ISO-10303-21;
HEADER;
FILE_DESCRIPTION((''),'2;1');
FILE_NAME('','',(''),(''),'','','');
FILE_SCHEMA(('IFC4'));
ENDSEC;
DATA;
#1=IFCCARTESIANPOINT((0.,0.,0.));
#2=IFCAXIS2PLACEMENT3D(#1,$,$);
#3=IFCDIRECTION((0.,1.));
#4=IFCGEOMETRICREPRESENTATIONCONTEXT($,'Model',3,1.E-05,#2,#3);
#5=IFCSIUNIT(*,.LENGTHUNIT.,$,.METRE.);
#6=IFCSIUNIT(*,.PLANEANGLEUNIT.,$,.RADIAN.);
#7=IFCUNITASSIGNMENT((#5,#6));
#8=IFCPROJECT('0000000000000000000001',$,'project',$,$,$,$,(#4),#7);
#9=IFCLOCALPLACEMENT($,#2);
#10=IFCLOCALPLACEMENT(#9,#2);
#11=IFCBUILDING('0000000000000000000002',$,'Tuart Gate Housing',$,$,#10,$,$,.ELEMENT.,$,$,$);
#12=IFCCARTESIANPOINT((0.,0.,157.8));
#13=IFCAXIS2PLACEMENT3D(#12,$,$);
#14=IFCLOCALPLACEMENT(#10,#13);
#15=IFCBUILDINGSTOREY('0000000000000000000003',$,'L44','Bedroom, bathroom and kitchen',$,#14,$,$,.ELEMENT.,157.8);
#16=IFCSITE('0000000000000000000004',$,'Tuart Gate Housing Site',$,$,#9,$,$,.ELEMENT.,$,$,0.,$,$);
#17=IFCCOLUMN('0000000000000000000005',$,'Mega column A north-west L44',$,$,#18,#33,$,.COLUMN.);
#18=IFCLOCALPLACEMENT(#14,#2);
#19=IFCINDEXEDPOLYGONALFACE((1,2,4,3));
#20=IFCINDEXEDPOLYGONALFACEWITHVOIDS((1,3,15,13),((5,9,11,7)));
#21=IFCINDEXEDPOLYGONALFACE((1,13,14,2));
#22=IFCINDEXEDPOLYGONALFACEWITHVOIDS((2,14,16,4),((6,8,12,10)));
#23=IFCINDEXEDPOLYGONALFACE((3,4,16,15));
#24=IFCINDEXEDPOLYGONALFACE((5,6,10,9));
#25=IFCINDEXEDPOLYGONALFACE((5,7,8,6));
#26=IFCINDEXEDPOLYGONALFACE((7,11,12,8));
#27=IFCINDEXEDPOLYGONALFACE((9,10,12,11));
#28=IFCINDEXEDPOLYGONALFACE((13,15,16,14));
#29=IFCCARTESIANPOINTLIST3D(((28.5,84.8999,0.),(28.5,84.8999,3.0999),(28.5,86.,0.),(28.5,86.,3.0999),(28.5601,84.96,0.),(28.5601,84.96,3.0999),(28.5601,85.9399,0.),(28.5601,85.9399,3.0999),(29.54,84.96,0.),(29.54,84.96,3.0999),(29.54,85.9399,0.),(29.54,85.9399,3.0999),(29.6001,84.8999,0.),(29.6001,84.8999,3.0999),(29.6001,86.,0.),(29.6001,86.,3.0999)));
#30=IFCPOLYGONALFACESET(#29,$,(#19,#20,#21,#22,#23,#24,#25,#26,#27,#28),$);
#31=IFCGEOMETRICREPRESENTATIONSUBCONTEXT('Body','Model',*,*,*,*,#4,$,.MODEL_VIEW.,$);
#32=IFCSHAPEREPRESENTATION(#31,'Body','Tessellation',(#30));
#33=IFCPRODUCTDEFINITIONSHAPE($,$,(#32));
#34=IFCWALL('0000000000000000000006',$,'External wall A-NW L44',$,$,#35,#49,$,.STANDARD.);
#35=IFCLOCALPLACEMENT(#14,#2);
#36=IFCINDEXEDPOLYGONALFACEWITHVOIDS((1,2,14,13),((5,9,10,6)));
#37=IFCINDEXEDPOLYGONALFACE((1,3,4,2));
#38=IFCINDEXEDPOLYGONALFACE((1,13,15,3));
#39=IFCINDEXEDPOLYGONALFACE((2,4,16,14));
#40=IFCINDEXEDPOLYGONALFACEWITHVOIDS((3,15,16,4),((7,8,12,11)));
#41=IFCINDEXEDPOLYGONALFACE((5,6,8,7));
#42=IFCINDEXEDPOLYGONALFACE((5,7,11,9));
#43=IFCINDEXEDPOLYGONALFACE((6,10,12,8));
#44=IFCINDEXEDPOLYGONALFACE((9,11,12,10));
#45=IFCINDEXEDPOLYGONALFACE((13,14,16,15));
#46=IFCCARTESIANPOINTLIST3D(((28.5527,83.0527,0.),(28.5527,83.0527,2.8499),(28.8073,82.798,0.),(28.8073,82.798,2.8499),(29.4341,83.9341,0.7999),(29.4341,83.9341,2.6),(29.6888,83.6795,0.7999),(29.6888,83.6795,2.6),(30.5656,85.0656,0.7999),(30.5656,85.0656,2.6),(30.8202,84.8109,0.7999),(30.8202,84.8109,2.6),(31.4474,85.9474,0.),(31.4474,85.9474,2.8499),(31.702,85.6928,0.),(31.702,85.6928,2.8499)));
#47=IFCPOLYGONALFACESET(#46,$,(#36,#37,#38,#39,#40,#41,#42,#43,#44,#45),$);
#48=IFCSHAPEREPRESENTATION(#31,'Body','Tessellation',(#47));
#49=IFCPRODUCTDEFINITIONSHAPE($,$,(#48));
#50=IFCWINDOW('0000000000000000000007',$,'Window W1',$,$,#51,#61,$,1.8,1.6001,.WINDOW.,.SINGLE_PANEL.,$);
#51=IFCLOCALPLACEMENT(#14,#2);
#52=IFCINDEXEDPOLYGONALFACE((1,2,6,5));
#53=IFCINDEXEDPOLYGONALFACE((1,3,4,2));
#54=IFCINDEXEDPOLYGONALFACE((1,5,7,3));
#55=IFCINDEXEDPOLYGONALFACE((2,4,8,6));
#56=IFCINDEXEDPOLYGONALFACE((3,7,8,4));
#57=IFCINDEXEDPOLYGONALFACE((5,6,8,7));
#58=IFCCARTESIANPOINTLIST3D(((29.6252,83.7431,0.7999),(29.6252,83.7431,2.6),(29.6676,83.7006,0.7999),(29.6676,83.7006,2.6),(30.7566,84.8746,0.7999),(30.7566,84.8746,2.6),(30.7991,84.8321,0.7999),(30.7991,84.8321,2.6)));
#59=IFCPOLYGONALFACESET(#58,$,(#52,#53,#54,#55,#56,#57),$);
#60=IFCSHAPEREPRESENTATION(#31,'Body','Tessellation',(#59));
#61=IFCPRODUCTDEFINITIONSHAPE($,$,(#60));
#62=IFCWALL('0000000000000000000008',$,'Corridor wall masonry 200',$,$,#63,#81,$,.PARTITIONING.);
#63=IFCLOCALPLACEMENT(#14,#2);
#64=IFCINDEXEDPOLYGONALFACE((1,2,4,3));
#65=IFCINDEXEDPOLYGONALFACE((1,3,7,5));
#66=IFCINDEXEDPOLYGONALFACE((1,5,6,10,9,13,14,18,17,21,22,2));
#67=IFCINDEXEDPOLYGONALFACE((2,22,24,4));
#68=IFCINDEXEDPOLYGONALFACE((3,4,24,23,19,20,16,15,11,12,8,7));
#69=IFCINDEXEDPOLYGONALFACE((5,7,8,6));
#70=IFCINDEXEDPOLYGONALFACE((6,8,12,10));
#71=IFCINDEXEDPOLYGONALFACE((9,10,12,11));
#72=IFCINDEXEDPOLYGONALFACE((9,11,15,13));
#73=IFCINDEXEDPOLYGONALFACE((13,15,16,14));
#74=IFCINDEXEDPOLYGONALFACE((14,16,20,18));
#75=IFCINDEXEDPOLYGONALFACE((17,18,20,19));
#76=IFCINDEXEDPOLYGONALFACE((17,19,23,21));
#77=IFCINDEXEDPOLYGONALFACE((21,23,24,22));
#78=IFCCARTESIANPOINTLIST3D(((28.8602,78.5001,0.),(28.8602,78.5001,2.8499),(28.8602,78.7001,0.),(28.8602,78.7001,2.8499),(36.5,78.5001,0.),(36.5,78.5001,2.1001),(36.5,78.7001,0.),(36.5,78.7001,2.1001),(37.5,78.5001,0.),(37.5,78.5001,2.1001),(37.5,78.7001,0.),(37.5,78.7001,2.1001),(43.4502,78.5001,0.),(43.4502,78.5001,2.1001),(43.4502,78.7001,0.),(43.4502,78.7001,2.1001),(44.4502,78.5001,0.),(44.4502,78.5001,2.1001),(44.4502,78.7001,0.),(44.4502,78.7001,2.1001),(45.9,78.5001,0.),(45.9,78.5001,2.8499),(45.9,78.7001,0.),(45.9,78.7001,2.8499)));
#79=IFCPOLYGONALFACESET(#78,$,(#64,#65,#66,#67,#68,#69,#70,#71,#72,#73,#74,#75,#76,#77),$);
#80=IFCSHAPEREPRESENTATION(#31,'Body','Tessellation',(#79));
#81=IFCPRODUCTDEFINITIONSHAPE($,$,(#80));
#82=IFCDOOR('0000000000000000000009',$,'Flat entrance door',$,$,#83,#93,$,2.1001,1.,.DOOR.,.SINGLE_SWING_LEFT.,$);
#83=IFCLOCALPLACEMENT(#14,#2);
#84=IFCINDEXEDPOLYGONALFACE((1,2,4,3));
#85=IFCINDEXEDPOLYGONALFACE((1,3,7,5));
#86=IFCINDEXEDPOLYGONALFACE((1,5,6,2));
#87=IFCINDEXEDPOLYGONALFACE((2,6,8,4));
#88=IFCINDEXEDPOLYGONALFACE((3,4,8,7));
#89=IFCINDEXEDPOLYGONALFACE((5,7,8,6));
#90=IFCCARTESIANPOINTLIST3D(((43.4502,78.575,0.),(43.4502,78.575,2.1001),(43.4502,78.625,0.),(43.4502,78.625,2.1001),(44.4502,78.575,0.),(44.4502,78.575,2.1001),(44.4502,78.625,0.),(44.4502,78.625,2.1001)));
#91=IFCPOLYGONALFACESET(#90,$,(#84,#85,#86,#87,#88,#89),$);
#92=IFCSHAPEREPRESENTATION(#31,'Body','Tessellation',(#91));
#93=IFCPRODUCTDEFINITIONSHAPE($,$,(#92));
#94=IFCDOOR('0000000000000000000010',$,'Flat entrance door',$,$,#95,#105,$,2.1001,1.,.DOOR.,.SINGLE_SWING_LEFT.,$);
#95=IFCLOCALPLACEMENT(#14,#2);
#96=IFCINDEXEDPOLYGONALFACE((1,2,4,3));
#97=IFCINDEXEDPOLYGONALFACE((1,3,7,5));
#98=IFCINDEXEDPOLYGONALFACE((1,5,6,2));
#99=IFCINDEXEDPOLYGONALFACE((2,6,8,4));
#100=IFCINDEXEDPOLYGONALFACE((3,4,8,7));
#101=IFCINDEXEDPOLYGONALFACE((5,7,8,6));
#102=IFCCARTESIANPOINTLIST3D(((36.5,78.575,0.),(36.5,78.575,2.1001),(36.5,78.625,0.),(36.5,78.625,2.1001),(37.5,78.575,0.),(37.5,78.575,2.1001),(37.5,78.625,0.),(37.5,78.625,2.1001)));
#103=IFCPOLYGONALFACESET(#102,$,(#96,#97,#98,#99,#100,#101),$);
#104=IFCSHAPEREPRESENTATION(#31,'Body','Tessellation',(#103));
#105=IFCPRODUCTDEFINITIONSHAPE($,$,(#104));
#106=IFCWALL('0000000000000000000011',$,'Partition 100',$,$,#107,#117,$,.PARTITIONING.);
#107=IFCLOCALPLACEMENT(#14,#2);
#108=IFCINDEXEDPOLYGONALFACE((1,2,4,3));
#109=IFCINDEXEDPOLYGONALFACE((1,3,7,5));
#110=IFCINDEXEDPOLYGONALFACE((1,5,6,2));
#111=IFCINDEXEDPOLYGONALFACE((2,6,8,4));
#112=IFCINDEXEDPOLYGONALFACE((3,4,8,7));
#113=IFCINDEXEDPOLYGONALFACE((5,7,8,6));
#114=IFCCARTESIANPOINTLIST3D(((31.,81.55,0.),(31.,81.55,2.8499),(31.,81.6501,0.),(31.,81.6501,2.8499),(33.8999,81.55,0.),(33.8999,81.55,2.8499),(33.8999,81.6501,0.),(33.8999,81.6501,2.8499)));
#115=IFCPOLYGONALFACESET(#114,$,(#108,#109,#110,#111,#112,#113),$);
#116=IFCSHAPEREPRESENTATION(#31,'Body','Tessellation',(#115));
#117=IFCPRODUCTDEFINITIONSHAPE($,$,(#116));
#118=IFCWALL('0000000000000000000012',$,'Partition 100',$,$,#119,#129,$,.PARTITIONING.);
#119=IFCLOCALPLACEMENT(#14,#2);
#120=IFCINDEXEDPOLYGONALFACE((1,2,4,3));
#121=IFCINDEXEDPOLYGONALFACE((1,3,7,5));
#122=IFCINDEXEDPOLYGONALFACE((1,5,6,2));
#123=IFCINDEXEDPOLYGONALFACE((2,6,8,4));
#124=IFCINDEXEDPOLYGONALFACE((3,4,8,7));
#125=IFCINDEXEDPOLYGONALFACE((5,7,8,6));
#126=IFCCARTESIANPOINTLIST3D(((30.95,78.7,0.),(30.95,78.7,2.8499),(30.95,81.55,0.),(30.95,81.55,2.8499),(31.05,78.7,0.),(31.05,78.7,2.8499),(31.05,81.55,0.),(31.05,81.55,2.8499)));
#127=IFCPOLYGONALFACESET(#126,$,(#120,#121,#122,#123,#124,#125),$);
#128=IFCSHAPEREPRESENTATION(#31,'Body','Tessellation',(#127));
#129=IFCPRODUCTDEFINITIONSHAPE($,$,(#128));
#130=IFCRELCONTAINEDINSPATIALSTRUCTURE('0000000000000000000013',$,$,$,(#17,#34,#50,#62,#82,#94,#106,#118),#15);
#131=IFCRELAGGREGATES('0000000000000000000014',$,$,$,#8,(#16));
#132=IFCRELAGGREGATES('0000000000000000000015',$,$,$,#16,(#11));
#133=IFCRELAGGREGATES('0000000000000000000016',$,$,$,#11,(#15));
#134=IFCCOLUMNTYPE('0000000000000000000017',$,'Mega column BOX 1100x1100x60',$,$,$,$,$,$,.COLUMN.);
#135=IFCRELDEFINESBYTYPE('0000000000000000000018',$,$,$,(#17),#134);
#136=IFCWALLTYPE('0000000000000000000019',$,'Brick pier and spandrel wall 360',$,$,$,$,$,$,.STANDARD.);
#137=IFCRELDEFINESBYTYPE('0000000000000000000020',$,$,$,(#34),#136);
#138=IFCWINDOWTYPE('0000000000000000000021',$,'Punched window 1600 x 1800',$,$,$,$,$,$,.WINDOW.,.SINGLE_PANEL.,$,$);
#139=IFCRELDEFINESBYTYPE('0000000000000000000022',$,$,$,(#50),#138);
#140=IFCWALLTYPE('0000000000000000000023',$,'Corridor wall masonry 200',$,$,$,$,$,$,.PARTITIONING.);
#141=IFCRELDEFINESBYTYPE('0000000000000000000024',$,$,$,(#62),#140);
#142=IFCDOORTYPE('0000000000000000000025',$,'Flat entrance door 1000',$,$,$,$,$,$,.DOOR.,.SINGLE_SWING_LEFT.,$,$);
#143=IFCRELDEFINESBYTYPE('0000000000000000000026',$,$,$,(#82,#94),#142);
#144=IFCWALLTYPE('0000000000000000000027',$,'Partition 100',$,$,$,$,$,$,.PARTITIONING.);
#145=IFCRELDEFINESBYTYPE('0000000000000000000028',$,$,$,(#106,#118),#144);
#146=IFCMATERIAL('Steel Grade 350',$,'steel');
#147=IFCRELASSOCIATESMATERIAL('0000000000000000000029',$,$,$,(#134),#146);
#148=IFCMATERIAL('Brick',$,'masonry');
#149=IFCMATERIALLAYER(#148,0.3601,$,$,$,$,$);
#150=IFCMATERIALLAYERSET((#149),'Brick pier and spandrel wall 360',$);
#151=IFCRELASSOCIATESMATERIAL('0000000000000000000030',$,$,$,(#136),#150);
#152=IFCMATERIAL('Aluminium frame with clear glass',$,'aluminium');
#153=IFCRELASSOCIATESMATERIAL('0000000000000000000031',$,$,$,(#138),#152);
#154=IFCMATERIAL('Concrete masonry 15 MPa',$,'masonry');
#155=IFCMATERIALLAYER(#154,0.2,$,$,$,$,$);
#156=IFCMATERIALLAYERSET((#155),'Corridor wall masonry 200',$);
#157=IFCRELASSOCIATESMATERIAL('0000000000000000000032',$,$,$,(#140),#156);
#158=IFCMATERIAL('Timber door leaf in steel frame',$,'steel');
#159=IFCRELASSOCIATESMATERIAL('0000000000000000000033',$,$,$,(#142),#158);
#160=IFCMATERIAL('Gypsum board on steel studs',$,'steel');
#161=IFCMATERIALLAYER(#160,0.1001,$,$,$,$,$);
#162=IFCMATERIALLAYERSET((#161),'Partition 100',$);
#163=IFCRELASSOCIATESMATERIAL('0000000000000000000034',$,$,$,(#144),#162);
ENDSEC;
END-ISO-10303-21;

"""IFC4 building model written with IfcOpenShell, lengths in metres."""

from ifc_helpers import new_model, si_unit, direction, frame, frame_2d, origin, origin_2d, place, context, subcontext, project, spatial, rectangle, hollow_rectangle, extrude, material, layer, layer_set, material_profile, profile_set, type_object, element, fill, save


model = new_model("IFC4")

# Units and contexts
model_context = context("Model", 3, precision=1e-05, world=origin(), true_north=direction((0.0, 1.0)))
body_context = subcontext(model_context, "Body", "Model", "MODEL_VIEW")
ifc_project = project(units=[si_unit("LENGTHUNIT", "METRE"), si_unit("PLANEANGLEUNIT", "RADIAN")], contexts=[model_context])

# Site, building, storey
site_placement = place(None, origin())
site = spatial("IfcSite", under=ifc_project, at=site_placement, Name="Tuart Gate Housing Site", CompositionType="ELEMENT", RefElevation=0.0)
building_placement = place(site_placement, origin())
building = spatial("IfcBuilding", under=site, at=building_placement, Name="Tuart Gate Housing", CompositionType="ELEMENT")
storey_placement = place(building_placement, frame((0.0, 0.0, 157.8)))
storey = spatial("IfcBuildingStorey", under=building, at=storey_placement, Name="L44", Description="Bedroom, bathroom and kitchen", CompositionType="ELEMENT", Elevation=157.8)

# Column
ifc_material_1 = material(Name="Steel Grade 350", Category="steel")
ifc_material_profile = material_profile(ifc_material_1, hollow_rectangle(XDim=1.1001, YDim=1.1001, WallThickness=0.0601, at=origin_2d()), Name="BOX 1100x1100x60")
ifc_profile_set = profile_set([ifc_material_profile], Name="Steel Grade 350")
column_type = type_object("IfcColumnType", Name="Mega column BOX 1100x1100x60", PredefinedType="COLUMN", material=ifc_profile_set)
column_placement = place(storey_placement, frame((29.05, 85.45, 0.0), z_axis=(0.0, 0.0, 1.0), x_axis=(1.0, 0.0, 0.0)))
element("IfcColumn", 1, at=column_placement, inside=storey, type_object=column_type, Name="Mega column A north-west L44", PredefinedType="COLUMN", context=body_context, shape_type="SweptSolid", body=[
    extrude(hollow_rectangle(XDim=1.1001, YDim=1.1001, WallThickness=0.0601, at=origin_2d()), origin(), (0.0, 0.0, 1.0), 3.0999),
])

# Wall, opening, window
ifc_material_2 = material(Name="Brick", Category="masonry")
ifc_layer_1 = layer(ifc_material_2, 0.3601)
ifc_layer_set_1 = layer_set([ifc_layer_1], Name="Brick pier and spandrel wall 360")
wall_type_1 = type_object("IfcWallType", Name="Brick pier and spandrel wall 360", PredefinedType="STANDARD", material=ifc_layer_set_1)
wall_1_placement = place(storey_placement, frame((31.5747, 85.8201, 0.0), z_axis=(0.0, 0.0, 1.0), x_axis=(-0.707107, -0.707107, 0.0)))
wall_1 = element("IfcWall", 2, at=wall_1_placement, inside=storey, type_object=wall_type_1, Name="External wall A-NW L44", PredefinedType="STANDARD", context=body_context, shape_type="SweptSolid", body=[
    extrude(rectangle(XDim=4.0938, YDim=0.3601, at=frame_2d((2.0469, 0.0))), origin(), (0.0, 0.0, 1.0), 2.8499),
])
opening_1_placement = place(wall_1_placement, frame((1.2471, 0.0, 0.8)))
opening_1 = element("IfcOpeningElement", 3, at=opening_1_placement, cuts=wall_1, PredefinedType="OPENING", context=body_context, shape_type="SweptSolid", body=[
    extrude(rectangle(XDim=1.6001, YDim=1.8, at=frame_2d((0.8, 0.8999))), frame((0.0, 0.1899, 0.0), z_axis=(0.0, -1.0, 0.0), x_axis=(1.0, 0.0, 0.0)), (0.0, 0.0, 1.0), 0.3801),
])
ifc_material_3 = material(Name="Aluminium frame with clear glass", Category="aluminium")
window_type_1 = type_object("IfcWindowType", Name="Punched window 1600 x 1800", PartitioningType="SINGLE_PANEL", PredefinedType="WINDOW", material=ifc_material_3)
window_1_placement = place(opening_1_placement, origin())
window_1 = element("IfcWindow", 4, at=window_1_placement, inside=storey, type_object=window_type_1, Name="Window W1", OverallHeight=1.8, OverallWidth=1.6001, PartitioningType="SINGLE_PANEL", PredefinedType="WINDOW", context=body_context, shape_type="SweptSolid", body=[
    extrude(rectangle(XDim=1.6001, YDim=1.8, at=frame_2d((0.8, 0.8999))), frame((0.0, 0.1501, 0.0), z_axis=(0.0, -1.0, 0.0), x_axis=(1.0, 0.0, 0.0)), (0.0, 0.0, 1.0), 0.0601),
])
fill(opening_1, window_1)

# Wall, openings, doors
ifc_material_4 = material(Name="Concrete masonry 15 MPa", Category="masonry")
ifc_layer_2 = layer(ifc_material_4, 0.2)
ifc_layer_set_2 = layer_set([ifc_layer_2], Name="Corridor wall masonry 200")
wall_type_2 = type_object("IfcWallType", Name="Corridor wall masonry 200", PredefinedType="PARTITIONING", material=ifc_layer_set_2)
wall_2_placement = place(storey_placement, frame((28.8601, 78.6001, 0.0), z_axis=(0.0, 0.0, 1.0), x_axis=(1.0, 0.0, 0.0)))
wall_2 = element("IfcWall", 5, at=wall_2_placement, inside=storey, type_object=wall_type_2, Name="Corridor wall masonry 200", PredefinedType="PARTITIONING", context=body_context, shape_type="SweptSolid", body=[
    extrude(rectangle(XDim=17.0398, YDim=0.2, at=frame_2d((8.52, 0.0))), origin(), (0.0, 0.0, 1.0), 2.8499),
])
opening_2_placement = place(wall_2_placement, frame((14.5901, 0.0, 0.0)))
opening_2 = element("IfcOpeningElement", 6, at=opening_2_placement, cuts=wall_2, PredefinedType="OPENING", context=body_context, shape_type="SweptSolid", body=[
    extrude(rectangle(XDim=1.0, YDim=2.1001, at=frame_2d((0.5, 1.05))), frame((0.0, 0.1099, 0.0), z_axis=(0.0, -1.0, 0.0), x_axis=(1.0, 0.0, 0.0)), (0.0, 0.0, 1.0), 0.22),
])
opening_3_placement = place(wall_2_placement, frame((7.6399, 0.0, 0.0)))
opening_3 = element("IfcOpeningElement", 7, at=opening_3_placement, cuts=wall_2, PredefinedType="OPENING", context=body_context, shape_type="SweptSolid", body=[
    extrude(rectangle(XDim=1.0, YDim=2.1001, at=frame_2d((0.5, 1.05))), frame((0.0, 0.1099, 0.0), z_axis=(0.0, -1.0, 0.0), x_axis=(1.0, 0.0, 0.0)), (0.0, 0.0, 1.0), 0.22),
])
ifc_material_5 = material(Name="Timber door leaf in steel frame", Category="steel")
door_type = type_object("IfcDoorType", Name="Flat entrance door 1000", OperationType="SINGLE_SWING_LEFT", PredefinedType="DOOR", material=ifc_material_5)
door_1_placement = place(opening_2_placement, origin())
door_1 = element("IfcDoor", 8, at=door_1_placement, inside=storey, type_object=door_type, Name="Flat entrance door", OperationType="SINGLE_SWING_LEFT", OverallHeight=2.1001, OverallWidth=1.0, PredefinedType="DOOR", context=body_context, shape_type="SweptSolid", body=[
    extrude(rectangle(XDim=1.0, YDim=2.1001, at=frame_2d((0.5, 1.05))), frame((0.0, 0.0249, 0.0), z_axis=(0.0, -1.0, 0.0), x_axis=(1.0, 0.0, 0.0)), (0.0, 0.0, 1.0), 0.05),
])
fill(opening_2, door_1)
door_2_placement = place(opening_3_placement, origin())
door_2 = element("IfcDoor", 9, at=door_2_placement, inside=storey, type_object=door_type, Name="Flat entrance door", OperationType="SINGLE_SWING_LEFT", OverallHeight=2.1001, OverallWidth=1.0, PredefinedType="DOOR", context=body_context, shape_type="SweptSolid", body=[
    extrude(rectangle(XDim=1.0, YDim=2.1001, at=frame_2d((0.5, 1.05))), frame((0.0, 0.0249, 0.0), z_axis=(0.0, -1.0, 0.0), x_axis=(1.0, 0.0, 0.0)), (0.0, 0.0, 1.0), 0.05),
])
fill(opening_3, door_2)

# Walls
ifc_material_6 = material(Name="Gypsum board on steel studs", Category="steel")
ifc_layer_3 = layer(ifc_material_6, 0.1001)
ifc_layer_set_3 = layer_set([ifc_layer_3], Name="Partition 100")
wall_type_3 = type_object("IfcWallType", Name="Partition 100", PredefinedType="PARTITIONING", material=ifc_layer_set_3)
wall_3_placement = place(storey_placement, frame((31.0, 81.6001, 0.0), z_axis=(0.0, 0.0, 1.0), x_axis=(1.0, 0.0, 0.0)))
element("IfcWall", 10, at=wall_3_placement, inside=storey, type_object=wall_type_3, Name="Partition 100", PredefinedType="PARTITIONING", context=body_context, shape_type="SweptSolid", body=[
    extrude(rectangle(XDim=2.8999, YDim=0.1001, at=frame_2d((1.45, 0.0))), origin(), (0.0, 0.0, 1.0), 2.8499),
])
wall_4_placement = place(storey_placement, frame((31.0, 78.7, 0.0), z_axis=(0.0, 0.0, 1.0), x_axis=(0.0, 1.0, 0.0)))
element("IfcWall", 11, at=wall_4_placement, inside=storey, type_object=wall_type_3, Name="Partition 100", PredefinedType="PARTITIONING", context=body_context, shape_type="SweptSolid", body=[
    extrude(rectangle(XDim=2.8501, YDim=0.1001, at=frame_2d((1.425, 0.0))), origin(), (0.0, 0.0, 1.0), 2.8499),
])

save(model, "model.ifc")
